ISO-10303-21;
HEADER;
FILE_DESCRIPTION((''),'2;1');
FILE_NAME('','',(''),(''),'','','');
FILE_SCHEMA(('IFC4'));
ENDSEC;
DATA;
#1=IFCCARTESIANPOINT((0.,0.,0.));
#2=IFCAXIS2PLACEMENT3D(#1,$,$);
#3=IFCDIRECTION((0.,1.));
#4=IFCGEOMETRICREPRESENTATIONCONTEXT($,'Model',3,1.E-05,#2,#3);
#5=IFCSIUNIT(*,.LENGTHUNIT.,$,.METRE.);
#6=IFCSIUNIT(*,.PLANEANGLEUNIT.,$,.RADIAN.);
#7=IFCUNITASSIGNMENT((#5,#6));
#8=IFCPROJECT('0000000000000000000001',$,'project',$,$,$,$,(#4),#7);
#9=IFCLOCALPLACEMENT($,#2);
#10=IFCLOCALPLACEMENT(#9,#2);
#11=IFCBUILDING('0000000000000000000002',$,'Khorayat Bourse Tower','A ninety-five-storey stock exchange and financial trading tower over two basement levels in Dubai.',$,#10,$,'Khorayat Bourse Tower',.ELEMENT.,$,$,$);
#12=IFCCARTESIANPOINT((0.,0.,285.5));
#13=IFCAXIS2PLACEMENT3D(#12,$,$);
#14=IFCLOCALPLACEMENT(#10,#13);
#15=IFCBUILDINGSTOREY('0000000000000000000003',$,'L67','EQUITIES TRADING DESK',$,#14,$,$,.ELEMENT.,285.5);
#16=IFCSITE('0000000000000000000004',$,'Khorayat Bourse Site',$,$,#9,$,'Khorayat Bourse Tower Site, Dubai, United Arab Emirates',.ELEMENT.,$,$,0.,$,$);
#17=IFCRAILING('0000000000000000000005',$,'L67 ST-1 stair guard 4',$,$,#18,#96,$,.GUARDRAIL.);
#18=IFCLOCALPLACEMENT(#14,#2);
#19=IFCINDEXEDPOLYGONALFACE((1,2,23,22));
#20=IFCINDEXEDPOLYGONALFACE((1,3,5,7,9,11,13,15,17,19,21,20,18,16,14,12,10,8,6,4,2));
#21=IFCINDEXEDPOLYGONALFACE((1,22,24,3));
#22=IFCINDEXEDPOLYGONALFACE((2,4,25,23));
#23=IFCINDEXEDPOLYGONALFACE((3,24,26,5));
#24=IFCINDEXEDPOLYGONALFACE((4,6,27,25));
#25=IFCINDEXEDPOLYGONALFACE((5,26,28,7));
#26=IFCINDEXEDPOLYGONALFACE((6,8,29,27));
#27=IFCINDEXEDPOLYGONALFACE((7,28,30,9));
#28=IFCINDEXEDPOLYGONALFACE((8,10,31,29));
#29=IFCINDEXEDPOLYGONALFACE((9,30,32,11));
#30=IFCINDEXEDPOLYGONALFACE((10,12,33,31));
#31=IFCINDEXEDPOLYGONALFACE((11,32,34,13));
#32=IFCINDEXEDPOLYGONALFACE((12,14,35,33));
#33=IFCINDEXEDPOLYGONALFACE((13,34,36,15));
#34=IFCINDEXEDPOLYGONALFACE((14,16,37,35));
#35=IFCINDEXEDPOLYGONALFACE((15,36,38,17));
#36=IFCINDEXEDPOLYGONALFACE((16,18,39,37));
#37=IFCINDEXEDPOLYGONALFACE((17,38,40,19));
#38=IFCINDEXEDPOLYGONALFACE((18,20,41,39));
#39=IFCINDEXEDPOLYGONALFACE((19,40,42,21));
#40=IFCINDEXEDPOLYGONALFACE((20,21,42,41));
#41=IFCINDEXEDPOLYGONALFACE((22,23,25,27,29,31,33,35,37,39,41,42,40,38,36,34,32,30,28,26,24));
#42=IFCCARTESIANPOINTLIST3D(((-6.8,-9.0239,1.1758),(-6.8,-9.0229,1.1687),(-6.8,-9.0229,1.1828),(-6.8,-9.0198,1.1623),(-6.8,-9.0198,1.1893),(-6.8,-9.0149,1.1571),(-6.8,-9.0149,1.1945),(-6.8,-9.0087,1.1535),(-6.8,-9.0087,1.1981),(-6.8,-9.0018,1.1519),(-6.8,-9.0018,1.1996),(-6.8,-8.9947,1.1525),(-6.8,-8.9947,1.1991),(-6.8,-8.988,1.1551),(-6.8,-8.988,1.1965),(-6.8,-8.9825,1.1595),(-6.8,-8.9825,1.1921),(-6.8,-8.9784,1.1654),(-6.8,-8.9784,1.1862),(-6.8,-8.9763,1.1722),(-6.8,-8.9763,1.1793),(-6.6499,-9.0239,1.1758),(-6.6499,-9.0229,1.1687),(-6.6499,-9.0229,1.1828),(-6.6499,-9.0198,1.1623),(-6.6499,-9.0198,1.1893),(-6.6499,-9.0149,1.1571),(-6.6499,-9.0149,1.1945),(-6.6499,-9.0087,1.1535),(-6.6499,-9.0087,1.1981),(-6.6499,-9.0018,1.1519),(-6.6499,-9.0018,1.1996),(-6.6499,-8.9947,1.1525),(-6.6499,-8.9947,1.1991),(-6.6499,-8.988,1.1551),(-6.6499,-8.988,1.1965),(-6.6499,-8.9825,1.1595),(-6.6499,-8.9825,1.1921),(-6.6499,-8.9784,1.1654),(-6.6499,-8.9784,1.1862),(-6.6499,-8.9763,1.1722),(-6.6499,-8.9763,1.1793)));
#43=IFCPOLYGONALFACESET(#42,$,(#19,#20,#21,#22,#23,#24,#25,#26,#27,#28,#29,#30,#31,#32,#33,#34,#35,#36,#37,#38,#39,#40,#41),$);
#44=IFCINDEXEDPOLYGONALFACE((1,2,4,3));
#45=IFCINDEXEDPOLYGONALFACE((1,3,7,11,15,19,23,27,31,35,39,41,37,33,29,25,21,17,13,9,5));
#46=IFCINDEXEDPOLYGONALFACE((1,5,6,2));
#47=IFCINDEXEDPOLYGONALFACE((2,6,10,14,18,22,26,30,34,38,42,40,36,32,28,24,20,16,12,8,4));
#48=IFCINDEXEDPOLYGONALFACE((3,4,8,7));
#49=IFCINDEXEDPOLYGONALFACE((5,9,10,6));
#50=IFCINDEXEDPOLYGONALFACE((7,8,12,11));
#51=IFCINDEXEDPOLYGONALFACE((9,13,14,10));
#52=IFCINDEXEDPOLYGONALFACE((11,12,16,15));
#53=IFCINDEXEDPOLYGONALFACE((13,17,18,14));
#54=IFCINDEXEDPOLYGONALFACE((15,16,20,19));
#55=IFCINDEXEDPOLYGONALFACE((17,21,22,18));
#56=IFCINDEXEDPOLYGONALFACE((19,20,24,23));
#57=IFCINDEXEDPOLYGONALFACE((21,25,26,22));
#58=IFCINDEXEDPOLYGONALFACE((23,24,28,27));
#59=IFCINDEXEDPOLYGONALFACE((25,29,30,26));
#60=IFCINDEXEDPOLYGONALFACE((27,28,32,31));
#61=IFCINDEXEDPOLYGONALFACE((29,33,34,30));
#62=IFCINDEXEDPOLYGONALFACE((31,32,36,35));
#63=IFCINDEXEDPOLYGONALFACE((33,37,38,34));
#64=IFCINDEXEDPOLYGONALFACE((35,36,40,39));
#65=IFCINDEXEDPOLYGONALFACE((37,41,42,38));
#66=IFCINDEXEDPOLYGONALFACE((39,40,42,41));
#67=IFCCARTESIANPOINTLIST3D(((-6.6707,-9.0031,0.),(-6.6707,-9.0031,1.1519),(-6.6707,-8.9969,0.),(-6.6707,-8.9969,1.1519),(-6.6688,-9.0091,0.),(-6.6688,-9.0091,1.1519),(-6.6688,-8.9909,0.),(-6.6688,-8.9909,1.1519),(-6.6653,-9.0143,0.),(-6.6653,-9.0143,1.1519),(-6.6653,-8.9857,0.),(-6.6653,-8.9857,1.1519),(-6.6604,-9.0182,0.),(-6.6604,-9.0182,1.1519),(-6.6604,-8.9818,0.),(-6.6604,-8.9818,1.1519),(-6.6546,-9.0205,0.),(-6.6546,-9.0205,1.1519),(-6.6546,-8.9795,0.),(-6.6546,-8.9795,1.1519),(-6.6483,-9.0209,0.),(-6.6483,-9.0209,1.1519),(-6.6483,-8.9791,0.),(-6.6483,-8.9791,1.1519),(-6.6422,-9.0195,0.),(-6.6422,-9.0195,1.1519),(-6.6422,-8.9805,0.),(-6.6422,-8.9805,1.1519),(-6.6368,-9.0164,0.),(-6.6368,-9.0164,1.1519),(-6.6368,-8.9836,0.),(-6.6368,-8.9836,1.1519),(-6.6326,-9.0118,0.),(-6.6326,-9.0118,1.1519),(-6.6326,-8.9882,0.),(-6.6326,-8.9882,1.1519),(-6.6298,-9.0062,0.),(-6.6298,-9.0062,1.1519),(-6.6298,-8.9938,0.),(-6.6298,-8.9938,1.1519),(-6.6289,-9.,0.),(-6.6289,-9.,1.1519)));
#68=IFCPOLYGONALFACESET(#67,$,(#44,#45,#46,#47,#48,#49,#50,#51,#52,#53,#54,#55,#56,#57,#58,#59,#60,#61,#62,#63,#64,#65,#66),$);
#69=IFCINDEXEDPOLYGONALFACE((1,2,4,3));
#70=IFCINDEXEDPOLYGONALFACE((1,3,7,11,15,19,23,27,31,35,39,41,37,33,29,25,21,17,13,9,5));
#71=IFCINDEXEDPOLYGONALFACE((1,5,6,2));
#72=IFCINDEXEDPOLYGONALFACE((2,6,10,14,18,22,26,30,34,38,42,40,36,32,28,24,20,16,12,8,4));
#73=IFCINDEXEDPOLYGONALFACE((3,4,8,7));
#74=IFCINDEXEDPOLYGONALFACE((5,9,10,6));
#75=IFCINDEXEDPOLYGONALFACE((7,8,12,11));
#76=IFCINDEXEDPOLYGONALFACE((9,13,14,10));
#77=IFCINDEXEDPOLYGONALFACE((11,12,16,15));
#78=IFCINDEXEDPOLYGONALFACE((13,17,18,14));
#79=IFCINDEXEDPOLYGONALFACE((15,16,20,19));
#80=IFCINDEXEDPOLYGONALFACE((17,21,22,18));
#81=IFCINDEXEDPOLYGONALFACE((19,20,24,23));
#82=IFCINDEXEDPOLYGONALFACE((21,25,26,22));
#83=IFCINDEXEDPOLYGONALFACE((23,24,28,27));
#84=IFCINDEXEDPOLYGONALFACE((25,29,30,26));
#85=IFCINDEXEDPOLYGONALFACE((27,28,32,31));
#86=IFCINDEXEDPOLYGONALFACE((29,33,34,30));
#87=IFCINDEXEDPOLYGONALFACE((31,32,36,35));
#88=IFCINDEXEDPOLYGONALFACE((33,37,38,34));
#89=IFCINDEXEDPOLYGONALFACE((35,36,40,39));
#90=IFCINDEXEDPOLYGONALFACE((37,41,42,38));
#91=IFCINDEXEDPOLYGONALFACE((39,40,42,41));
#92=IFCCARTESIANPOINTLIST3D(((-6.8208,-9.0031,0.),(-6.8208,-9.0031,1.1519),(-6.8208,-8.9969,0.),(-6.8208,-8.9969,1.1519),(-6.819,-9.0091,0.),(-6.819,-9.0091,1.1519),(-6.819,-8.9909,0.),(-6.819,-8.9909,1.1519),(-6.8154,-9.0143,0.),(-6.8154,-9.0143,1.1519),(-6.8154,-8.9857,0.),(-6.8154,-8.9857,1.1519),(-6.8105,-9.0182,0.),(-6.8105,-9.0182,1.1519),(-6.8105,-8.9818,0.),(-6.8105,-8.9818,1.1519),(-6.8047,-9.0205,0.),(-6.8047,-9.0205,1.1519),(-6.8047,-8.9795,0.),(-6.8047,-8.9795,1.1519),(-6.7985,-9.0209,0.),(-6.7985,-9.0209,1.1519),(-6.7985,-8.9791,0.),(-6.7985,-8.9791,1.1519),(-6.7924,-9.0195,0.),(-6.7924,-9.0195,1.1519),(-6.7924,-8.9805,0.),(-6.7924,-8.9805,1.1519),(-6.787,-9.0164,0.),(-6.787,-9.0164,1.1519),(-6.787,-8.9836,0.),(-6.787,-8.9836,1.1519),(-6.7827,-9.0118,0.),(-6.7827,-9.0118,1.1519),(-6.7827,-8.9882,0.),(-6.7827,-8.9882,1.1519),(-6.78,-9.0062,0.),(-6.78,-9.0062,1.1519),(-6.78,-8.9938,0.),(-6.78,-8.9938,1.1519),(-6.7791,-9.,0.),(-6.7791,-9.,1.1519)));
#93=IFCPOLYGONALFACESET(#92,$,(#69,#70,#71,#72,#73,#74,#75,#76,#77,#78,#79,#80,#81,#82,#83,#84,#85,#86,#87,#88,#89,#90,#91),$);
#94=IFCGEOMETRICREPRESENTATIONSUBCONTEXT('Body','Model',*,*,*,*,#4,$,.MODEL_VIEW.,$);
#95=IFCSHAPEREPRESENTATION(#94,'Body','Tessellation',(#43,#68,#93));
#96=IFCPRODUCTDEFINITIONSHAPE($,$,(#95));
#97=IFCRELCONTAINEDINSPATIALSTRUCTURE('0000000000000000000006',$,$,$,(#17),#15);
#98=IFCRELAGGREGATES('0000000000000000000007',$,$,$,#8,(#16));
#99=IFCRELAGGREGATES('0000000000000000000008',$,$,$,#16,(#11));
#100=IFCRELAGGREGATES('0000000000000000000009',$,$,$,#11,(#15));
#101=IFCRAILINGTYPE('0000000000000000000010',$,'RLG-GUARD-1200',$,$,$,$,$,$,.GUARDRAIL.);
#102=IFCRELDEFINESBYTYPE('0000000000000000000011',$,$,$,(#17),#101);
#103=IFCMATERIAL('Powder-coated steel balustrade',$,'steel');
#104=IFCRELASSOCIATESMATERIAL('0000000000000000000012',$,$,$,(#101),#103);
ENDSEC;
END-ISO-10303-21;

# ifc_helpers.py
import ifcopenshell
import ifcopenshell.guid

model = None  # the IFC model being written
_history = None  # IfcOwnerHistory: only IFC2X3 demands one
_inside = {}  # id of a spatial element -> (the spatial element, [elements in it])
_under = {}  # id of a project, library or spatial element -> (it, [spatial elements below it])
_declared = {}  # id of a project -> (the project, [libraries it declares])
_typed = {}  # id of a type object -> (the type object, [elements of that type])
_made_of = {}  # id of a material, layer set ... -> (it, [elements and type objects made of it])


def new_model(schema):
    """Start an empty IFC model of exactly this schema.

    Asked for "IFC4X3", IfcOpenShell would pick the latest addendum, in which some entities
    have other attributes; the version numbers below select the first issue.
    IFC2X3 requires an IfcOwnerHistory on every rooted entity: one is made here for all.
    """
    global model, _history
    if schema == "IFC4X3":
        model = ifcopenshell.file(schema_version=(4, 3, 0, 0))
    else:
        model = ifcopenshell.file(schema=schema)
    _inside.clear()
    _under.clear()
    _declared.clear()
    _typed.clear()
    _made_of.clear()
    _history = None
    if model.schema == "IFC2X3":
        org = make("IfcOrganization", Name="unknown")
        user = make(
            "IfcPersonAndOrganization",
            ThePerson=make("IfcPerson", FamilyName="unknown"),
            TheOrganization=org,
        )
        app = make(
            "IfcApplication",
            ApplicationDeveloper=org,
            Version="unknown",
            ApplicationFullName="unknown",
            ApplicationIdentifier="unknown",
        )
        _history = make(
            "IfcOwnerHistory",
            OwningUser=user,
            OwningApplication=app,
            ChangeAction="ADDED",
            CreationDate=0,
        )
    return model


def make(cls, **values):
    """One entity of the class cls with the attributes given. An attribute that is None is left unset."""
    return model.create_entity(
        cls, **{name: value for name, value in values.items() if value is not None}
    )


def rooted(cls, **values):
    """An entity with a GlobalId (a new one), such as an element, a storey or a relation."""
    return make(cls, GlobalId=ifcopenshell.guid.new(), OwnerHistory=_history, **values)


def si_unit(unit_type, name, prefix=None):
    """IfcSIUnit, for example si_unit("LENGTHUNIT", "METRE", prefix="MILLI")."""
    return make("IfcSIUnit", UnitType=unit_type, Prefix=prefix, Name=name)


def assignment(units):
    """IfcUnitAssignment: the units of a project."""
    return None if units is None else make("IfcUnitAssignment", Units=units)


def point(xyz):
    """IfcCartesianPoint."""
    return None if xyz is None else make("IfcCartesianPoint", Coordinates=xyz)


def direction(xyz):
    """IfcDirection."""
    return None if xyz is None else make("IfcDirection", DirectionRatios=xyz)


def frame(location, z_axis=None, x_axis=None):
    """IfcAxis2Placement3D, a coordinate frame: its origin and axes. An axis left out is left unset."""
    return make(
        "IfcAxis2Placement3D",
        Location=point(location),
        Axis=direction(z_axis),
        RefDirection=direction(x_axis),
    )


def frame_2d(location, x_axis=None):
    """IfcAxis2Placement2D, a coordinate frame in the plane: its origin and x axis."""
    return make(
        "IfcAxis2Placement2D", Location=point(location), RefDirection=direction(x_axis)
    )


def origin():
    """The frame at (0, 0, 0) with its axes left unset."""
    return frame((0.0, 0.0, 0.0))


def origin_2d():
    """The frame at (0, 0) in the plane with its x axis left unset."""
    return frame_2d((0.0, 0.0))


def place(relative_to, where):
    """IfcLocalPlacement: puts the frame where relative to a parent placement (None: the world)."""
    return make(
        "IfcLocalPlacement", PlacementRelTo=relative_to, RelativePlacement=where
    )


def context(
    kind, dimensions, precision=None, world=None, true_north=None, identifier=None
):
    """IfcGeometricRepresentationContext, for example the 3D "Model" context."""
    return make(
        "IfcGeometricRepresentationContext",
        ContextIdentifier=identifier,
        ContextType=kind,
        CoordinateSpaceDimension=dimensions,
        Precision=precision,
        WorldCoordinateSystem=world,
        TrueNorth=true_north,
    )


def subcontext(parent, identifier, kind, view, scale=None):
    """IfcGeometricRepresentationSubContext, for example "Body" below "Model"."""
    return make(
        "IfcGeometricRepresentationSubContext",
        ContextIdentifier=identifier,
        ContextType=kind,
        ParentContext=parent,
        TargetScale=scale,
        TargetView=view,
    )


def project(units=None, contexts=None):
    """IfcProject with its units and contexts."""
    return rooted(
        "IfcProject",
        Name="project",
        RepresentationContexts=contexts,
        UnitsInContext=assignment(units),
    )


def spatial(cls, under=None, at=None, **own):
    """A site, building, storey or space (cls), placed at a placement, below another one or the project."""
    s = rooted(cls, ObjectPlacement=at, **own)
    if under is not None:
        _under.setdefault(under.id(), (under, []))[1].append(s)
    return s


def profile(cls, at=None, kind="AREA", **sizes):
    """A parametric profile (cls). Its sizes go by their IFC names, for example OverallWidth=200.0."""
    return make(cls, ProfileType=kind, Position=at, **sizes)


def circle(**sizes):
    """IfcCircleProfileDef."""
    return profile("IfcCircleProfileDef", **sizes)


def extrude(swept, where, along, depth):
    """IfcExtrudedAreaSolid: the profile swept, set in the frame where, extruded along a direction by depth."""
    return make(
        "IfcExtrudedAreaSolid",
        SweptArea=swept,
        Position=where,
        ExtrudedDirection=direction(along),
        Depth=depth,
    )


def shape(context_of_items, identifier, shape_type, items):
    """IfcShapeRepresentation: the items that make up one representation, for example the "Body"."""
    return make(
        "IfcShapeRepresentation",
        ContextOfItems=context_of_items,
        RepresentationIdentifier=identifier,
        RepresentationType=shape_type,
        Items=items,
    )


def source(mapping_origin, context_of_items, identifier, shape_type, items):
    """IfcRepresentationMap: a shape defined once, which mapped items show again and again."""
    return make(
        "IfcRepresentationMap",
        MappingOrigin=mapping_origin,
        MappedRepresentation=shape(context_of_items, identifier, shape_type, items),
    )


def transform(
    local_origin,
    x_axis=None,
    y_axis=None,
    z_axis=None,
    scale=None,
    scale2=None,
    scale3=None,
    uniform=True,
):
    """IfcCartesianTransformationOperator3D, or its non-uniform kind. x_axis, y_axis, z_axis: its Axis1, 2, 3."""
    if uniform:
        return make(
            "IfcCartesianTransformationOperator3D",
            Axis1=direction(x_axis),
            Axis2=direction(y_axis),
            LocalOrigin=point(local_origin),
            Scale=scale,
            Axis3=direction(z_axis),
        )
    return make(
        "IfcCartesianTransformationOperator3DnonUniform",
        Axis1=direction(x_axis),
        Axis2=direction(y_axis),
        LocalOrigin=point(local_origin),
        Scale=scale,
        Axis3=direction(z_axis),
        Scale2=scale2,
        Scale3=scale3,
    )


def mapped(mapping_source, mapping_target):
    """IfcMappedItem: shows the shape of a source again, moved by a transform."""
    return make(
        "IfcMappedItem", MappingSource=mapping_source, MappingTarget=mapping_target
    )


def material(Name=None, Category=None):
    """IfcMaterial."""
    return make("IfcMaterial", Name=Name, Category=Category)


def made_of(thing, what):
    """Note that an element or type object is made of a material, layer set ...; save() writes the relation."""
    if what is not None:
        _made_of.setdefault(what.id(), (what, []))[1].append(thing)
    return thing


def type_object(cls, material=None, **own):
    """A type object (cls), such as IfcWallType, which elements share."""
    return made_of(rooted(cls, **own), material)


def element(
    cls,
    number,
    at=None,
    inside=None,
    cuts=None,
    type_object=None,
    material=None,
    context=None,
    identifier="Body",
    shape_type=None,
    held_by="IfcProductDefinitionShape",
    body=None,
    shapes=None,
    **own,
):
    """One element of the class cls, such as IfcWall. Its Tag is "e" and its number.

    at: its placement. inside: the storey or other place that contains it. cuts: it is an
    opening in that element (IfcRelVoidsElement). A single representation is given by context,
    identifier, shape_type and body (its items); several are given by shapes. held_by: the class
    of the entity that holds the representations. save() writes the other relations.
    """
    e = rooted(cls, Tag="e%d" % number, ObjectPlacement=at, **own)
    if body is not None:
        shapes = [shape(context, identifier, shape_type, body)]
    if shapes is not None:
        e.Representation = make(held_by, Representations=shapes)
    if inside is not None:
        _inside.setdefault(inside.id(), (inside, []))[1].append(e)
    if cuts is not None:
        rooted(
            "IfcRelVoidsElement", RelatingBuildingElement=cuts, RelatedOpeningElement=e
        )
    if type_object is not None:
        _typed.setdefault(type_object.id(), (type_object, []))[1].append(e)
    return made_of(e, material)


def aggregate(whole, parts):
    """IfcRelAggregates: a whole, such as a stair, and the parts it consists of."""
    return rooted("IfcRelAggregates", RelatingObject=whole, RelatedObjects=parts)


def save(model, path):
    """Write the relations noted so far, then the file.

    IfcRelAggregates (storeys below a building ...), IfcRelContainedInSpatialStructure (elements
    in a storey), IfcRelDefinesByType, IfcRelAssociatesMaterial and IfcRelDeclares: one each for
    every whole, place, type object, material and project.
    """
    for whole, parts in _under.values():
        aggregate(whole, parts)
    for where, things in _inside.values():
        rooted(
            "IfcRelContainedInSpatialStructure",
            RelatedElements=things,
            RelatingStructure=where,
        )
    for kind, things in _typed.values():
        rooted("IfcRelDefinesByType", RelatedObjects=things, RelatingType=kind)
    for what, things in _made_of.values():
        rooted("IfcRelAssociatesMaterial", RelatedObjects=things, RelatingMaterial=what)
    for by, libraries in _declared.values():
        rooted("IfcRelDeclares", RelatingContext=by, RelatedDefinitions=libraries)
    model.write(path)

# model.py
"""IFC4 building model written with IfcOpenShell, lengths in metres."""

from ifc_helpers import new_model, si_unit, direction, frame, origin, origin_2d, place, context, subcontext, project, spatial, circle, extrude, source, transform, mapped, material, type_object, element, save


model = new_model("IFC4")

# Units and contexts
model_context = context("Model", 3, precision=1e-05, world=origin(), true_north=direction((0.0, 1.0)))
body_context = subcontext(model_context, "Body", "Model", "MODEL_VIEW")
ifc_project = project(units=[si_unit("LENGTHUNIT", "METRE"), si_unit("PLANEANGLEUNIT", "RADIAN")], contexts=[model_context])

# Site, building, storey
site_placement = place(None, origin())
site = spatial("IfcSite", under=ifc_project, at=site_placement, Name="Khorayat Bourse Site", LongName="Khorayat Bourse Tower Site, Dubai, United Arab Emirates", CompositionType="ELEMENT", RefElevation=0.0)
building_placement = place(site_placement, origin())
building = spatial("IfcBuilding", under=site, at=building_placement, Name="Khorayat Bourse Tower", Description="A ninety-five-storey stock exchange and financial trading tower over two basement levels in Dubai.", LongName="Khorayat Bourse Tower", CompositionType="ELEMENT")
storey_placement = place(building_placement, frame((0.0, 0.0, 285.5)))
storey = spatial("IfcBuildingStorey", under=building, at=storey_placement, Name="L67", Description="EQUITIES TRADING DESK", CompositionType="ELEMENT", Elevation=285.5)

# Railing
ifc_material_1 = material(Name="Powder-coated steel balustrade", Category="steel")
railing_type_1 = type_object("IfcRailingType", Name="RLG-GUARD-1200", PredefinedType="GUARDRAIL", material=ifc_material_1)
shared_shape_1 = source(origin(), body_context, "Body", "SweptSolid", [
    extrude(circle(Radius=0.0239, at=origin_2d()), frame((0.0, 0.0, 1.1758), z_axis=(-1.0, 0.0, 0.0), x_axis=(0.0, -1.0, 0.0)), (0.0, 0.0, 1.0), 0.1501),
    extrude(circle(Radius=0.021, at=origin_2d()), origin(), (0.0, 0.0, 1.0), 1.1519),
    extrude(circle(Radius=0.021, at=origin_2d()), frame((-0.1501, 0.0, 0.0)), (0.0, 0.0, 1.0), 1.1519),
])
for number, where, name in (
    (1, (-6.6499, -9.0, 0.0), "L67 ST-1 stair guard 4"),
):
    element("IfcRailing", number, at=place(storey_placement, frame(where)), inside=storey, type_object=railing_type_1, Name=name, PredefinedType="GUARDRAIL", context=body_context, shape_type="MappedRepresentation", body=[
        mapped(shared_shape_1, transform((0.0, 0.0, 0.0), scale=1.0)),
    ])

save(model, "model.ifc")
